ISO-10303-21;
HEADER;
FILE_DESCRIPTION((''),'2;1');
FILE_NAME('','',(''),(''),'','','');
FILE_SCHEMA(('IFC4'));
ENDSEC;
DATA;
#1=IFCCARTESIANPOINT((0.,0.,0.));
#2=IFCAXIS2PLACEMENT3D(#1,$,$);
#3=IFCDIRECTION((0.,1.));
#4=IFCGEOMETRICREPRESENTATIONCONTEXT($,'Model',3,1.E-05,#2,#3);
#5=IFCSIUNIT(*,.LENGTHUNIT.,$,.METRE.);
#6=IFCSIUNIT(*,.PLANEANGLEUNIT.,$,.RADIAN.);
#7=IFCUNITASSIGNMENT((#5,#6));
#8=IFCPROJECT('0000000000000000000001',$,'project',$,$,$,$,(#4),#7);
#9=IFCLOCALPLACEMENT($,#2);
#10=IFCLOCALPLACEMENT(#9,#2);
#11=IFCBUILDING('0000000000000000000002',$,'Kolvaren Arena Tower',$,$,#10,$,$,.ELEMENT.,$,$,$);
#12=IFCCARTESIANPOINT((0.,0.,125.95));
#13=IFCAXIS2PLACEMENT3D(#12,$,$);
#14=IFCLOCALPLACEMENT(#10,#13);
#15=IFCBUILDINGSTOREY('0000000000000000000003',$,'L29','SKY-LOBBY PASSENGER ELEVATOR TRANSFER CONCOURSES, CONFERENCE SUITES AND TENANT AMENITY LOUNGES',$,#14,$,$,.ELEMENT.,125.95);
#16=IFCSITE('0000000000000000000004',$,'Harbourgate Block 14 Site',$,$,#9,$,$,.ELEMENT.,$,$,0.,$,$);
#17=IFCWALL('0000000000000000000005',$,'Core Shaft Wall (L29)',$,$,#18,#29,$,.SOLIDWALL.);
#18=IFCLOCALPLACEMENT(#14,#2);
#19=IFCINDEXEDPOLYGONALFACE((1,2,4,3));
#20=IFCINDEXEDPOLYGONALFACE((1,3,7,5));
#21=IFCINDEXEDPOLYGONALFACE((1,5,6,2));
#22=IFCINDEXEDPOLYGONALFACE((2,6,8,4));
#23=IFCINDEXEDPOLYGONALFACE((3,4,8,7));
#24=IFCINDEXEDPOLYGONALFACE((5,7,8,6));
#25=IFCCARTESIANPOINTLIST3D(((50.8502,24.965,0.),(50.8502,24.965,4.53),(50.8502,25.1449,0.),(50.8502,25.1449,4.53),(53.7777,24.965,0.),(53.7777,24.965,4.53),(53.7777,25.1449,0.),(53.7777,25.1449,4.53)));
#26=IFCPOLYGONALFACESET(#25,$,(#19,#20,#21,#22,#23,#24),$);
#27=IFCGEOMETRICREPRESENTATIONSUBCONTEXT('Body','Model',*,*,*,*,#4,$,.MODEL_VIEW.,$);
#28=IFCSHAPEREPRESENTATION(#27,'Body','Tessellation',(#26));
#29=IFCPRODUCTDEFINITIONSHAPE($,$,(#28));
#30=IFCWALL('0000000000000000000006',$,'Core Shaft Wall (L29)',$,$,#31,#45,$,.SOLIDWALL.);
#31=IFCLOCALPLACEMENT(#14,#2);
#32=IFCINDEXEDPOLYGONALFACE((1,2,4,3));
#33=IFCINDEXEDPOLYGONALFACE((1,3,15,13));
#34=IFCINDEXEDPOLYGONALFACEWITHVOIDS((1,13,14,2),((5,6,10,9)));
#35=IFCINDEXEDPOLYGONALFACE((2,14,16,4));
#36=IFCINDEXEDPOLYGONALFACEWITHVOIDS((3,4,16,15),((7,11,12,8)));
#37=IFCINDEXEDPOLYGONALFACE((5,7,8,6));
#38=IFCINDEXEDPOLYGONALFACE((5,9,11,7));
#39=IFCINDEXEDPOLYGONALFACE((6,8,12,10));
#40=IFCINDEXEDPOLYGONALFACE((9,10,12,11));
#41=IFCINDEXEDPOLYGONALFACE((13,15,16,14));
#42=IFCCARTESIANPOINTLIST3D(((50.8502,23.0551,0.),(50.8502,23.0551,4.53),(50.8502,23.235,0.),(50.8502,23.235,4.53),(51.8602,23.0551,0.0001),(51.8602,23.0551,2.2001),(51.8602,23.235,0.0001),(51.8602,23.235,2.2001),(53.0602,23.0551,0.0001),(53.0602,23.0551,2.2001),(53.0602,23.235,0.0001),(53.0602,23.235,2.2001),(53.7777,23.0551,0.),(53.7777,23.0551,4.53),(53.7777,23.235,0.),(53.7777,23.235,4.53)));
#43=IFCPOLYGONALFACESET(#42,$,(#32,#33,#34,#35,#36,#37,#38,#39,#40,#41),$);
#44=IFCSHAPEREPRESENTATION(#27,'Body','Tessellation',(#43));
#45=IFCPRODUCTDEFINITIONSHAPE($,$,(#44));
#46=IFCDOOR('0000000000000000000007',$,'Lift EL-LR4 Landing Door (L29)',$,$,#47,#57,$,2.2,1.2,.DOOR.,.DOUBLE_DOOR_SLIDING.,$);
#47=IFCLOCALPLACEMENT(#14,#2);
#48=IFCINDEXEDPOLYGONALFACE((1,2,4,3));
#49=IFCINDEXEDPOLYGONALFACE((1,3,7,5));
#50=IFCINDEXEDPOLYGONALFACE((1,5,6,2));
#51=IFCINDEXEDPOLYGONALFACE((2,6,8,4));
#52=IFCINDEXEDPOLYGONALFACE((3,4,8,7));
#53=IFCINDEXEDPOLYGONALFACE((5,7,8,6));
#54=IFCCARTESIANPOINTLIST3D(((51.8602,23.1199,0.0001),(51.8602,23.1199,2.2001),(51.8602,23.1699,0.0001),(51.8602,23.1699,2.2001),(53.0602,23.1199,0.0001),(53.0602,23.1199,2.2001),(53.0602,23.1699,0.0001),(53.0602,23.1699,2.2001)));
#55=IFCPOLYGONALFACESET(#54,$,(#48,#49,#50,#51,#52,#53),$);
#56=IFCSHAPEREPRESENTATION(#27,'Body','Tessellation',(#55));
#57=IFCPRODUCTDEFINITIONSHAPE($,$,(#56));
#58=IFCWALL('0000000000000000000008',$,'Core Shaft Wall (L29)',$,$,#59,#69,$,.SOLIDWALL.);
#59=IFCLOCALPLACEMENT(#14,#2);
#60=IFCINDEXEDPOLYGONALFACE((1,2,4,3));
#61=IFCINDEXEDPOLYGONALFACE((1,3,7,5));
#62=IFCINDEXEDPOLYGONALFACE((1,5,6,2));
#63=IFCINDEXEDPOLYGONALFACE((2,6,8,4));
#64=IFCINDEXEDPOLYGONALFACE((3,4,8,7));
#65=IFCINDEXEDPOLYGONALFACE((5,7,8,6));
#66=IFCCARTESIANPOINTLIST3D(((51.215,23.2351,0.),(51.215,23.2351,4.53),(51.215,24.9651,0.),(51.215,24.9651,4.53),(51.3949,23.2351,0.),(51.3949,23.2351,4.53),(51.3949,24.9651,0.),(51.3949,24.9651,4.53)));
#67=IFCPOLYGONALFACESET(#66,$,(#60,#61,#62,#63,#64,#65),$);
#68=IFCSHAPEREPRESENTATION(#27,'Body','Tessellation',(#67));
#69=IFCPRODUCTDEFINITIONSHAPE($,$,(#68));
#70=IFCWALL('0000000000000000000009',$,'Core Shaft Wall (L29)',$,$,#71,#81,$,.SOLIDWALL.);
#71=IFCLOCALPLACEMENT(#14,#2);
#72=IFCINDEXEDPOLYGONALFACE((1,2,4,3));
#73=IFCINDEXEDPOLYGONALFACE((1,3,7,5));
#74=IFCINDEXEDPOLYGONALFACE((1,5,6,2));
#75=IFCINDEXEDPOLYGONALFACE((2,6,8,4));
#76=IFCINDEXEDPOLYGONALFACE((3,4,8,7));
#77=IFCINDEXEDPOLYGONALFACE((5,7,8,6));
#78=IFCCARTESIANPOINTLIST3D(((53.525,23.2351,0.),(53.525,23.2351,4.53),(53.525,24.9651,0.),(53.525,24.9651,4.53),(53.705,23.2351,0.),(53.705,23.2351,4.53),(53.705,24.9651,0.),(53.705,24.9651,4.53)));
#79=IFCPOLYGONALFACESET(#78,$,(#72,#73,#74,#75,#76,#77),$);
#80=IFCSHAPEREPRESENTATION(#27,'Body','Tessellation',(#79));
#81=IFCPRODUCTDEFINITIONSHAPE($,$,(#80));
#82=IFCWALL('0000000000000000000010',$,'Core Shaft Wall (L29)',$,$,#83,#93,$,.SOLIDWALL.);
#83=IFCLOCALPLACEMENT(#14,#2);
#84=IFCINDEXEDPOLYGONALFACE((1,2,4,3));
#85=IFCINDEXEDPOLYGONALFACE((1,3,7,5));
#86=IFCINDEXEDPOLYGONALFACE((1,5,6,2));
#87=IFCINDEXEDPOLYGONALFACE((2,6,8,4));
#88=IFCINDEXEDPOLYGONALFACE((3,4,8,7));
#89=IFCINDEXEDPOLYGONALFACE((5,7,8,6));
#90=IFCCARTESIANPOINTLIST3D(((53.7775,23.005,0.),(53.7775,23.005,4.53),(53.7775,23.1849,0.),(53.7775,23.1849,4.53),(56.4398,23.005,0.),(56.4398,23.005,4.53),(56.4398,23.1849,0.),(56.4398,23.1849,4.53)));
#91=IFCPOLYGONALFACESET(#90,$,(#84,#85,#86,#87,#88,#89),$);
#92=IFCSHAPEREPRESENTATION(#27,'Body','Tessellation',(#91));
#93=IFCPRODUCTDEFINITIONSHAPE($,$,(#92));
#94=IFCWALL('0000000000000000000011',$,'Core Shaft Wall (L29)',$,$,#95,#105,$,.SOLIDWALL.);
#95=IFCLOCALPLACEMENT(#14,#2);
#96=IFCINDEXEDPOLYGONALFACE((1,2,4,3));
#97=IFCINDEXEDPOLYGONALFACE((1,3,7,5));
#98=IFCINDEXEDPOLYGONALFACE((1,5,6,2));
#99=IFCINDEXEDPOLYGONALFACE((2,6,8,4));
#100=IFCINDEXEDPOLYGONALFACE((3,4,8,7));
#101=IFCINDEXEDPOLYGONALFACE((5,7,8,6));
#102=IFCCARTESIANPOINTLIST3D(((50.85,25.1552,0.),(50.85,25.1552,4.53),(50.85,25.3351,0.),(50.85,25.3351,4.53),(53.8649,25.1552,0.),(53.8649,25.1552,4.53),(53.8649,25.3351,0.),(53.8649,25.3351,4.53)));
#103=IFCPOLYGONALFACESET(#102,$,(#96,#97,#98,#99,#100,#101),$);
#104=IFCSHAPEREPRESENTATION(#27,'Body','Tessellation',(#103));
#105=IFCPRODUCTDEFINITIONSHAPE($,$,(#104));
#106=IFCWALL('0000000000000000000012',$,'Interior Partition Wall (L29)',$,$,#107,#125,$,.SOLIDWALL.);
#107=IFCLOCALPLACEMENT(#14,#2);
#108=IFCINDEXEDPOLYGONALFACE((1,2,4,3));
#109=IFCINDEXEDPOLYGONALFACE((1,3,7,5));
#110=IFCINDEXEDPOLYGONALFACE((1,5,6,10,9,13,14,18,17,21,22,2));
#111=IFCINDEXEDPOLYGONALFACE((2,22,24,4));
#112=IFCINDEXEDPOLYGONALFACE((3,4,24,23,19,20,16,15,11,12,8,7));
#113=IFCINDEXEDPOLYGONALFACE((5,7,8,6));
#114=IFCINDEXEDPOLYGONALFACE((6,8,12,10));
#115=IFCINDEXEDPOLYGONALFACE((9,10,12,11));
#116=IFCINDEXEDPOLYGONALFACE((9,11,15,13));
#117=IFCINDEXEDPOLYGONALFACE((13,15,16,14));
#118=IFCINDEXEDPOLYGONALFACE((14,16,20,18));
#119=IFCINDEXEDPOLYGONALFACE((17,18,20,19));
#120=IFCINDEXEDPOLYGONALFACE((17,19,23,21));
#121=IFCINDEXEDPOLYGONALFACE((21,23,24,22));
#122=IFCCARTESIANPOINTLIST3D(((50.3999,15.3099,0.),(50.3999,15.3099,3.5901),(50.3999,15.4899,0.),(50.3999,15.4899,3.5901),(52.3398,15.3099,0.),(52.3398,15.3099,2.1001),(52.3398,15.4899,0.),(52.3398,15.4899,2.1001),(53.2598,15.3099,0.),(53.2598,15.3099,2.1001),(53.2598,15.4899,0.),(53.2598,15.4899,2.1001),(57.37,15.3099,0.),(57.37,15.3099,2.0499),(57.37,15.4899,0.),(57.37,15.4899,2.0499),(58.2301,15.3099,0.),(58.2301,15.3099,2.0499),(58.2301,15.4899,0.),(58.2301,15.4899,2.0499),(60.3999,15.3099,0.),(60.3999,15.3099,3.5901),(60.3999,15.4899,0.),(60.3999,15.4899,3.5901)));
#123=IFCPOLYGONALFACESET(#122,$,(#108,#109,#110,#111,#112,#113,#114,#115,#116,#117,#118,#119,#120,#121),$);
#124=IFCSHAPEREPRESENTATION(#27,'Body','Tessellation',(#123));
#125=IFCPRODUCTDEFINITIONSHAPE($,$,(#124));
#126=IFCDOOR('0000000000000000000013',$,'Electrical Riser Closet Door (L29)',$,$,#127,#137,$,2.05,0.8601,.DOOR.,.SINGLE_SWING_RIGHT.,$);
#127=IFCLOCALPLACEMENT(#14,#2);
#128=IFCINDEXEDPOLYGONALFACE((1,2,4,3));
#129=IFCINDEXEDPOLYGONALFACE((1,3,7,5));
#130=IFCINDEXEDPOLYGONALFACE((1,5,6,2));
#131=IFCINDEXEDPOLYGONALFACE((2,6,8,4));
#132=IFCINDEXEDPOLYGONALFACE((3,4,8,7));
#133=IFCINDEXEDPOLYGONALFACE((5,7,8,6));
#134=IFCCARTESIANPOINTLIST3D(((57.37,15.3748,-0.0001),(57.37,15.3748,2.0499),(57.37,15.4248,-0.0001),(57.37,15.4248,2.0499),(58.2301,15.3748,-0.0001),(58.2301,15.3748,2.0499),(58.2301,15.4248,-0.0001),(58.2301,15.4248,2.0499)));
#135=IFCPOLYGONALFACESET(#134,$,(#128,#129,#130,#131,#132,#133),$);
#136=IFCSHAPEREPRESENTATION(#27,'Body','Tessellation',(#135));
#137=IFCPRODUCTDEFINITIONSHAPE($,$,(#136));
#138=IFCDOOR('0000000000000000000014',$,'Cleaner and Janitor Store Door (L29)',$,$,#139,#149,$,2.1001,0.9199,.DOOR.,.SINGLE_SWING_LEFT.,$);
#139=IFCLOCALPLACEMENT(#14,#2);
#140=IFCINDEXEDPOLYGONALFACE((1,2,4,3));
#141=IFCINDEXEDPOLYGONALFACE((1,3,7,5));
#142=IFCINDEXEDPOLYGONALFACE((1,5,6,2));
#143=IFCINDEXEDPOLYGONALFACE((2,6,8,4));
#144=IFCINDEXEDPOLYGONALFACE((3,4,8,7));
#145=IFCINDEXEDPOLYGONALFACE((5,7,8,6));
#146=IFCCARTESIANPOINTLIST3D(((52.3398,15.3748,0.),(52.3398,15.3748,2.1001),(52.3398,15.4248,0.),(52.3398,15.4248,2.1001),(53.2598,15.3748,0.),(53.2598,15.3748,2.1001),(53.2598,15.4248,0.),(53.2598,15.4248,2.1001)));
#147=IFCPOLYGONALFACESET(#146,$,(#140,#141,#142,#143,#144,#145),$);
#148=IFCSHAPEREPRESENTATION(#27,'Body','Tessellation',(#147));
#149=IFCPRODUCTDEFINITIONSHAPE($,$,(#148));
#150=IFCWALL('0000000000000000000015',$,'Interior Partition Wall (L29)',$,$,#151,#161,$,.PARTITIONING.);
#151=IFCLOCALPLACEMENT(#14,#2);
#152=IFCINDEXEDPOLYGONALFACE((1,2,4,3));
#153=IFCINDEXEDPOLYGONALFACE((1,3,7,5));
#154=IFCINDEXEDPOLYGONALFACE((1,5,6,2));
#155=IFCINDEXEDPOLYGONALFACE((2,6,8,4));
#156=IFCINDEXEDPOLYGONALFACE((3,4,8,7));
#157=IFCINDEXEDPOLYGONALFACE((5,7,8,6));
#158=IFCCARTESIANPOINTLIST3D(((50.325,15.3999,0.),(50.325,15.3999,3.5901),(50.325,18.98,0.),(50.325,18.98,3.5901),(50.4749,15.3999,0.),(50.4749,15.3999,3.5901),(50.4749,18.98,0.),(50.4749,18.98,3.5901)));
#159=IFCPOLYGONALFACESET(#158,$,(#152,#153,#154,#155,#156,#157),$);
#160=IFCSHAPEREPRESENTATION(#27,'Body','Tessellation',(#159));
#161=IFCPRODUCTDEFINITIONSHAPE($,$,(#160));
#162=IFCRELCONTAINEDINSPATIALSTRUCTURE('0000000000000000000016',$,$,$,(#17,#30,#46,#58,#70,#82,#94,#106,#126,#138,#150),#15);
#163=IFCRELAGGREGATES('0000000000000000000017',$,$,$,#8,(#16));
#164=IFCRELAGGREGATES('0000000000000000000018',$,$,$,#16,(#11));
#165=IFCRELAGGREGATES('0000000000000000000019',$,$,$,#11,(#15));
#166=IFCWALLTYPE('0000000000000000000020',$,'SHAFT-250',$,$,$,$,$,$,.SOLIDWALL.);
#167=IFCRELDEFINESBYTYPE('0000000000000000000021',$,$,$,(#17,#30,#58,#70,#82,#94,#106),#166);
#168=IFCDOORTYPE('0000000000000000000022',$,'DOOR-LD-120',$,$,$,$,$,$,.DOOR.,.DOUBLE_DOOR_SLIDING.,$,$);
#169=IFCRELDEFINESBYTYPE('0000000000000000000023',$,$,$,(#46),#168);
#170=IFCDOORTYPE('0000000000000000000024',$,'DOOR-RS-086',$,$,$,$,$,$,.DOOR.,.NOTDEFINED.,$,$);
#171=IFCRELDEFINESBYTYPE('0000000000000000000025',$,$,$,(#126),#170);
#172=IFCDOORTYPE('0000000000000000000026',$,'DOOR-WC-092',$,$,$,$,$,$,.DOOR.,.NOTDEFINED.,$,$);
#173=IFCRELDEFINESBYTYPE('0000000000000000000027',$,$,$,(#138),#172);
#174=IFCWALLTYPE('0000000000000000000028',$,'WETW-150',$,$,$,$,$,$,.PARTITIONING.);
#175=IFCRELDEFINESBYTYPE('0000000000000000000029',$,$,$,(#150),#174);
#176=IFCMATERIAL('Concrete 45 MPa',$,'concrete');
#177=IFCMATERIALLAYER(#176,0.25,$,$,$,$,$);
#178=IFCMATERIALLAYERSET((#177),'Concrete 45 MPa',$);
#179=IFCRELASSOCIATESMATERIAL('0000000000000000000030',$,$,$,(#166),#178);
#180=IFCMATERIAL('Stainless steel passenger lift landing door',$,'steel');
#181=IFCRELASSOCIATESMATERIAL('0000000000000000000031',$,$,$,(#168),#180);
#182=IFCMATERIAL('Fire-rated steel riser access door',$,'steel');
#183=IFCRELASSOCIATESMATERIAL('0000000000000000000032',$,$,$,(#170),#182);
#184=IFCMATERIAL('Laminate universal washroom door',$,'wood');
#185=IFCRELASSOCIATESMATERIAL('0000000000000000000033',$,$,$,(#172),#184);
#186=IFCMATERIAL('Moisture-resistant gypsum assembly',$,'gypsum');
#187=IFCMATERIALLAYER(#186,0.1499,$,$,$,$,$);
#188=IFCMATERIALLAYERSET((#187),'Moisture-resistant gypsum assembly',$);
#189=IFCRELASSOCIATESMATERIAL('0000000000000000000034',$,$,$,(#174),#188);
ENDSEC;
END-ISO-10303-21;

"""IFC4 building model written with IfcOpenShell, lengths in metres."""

from ifc_helpers import new_model, si_unit, direction, frame, frame_2d, origin, place, context, subcontext, project, spatial, rectangle, extrude, material, layer, layer_set, type_object, element, fill, save


model = new_model("IFC4")

# Units and contexts
model_context = context("Model", 3, precision=1e-05, world=origin(), true_north=direction((0.0, 1.0)))
body_context = subcontext(model_context, "Body", "Model", "MODEL_VIEW")
ifc_project = project(units=[si_unit("LENGTHUNIT", "METRE"), si_unit("PLANEANGLEUNIT", "RADIAN")], contexts=[model_context])

# Site, building, storey
site_placement = place(None, origin())
site = spatial("IfcSite", under=ifc_project, at=site_placement, Name="Harbourgate Block 14 Site", CompositionType="ELEMENT", RefElevation=0.0)
building_placement = place(site_placement, origin())
building = spatial("IfcBuilding", under=site, at=building_placement, Name="Kolvaren Arena Tower", CompositionType="ELEMENT")
storey_placement = place(building_placement, frame((0.0, 0.0, 125.95)))
storey = spatial("IfcBuildingStorey", under=building, at=storey_placement, Name="L29", Description="SKY-LOBBY PASSENGER ELEVATOR TRANSFER CONCOURSES, CONFERENCE SUITES AND TENANT AMENITY LOUNGES", CompositionType="ELEMENT", Elevation=125.95)

# Shared definitions
ifc_material_1 = material(Name="Concrete 45 MPa", Category="concrete")
ifc_layer_1 = layer(ifc_material_1, 0.25)
ifc_layer_set_1 = layer_set([ifc_layer_1], Name="Concrete 45 MPa")
wall_type_1 = type_object("IfcWallType", Name="SHAFT-250", PredefinedType="SOLIDWALL", material=ifc_layer_set_1)
ifc_material_2 = material(Name="Stainless steel passenger lift landing door", Category="steel")
door_type_1 = type_object("IfcDoorType", Name="DOOR-LD-120", OperationType="DOUBLE_DOOR_SLIDING", PredefinedType="DOOR", material=ifc_material_2)

# Wall
wall_1_placement = place(storey_placement, frame((50.8501, 25.0549, 0.0), z_axis=(0.0, 0.0, 1.0), x_axis=(1.0, 0.0, 0.0)))
element("IfcWall", 1, at=wall_1_placement, inside=storey, type_object=wall_type_1, Name="Core Shaft Wall (L29)", PredefinedType="SOLIDWALL", context=body_context, shape_type="SweptSolid", body=[
    extrude(rectangle(XDim=2.9275, YDim=0.1799, at=frame_2d((1.4639, 0.0))), origin(), (0.0, 0.0, 1.0), 4.53),
])

# Wall, opening, door
wall_2_placement = place(storey_placement, frame((50.8501, 23.145, 0.0), z_axis=(0.0, 0.0, 1.0), x_axis=(1.0, 0.0, 0.0)))
wall_2 = element("IfcWall", 2, at=wall_2_placement, inside=storey, type_object=wall_type_1, Name="Core Shaft Wall (L29)", PredefinedType="SOLIDWALL", context=body_context, shape_type="SweptSolid", body=[
    extrude(rectangle(XDim=2.9275, YDim=0.1799, at=frame_2d((1.4639, 0.0))), origin(), (0.0, 0.0, 1.0), 4.53),
])
opening_1_placement = place(wall_2_placement, frame((1.01, 0.0, 0.0)))
opening_1 = element("IfcOpeningElement", 3, at=opening_1_placement, cuts=wall_2, PredefinedType="OPENING", context=body_context, shape_type="SweptSolid", body=[
    extrude(rectangle(XDim=1.2, YDim=2.2, at=frame_2d((0.6001, 1.1001))), frame((0.0, 0.0999, 0.0), z_axis=(0.0, -1.0, 0.0), x_axis=(1.0, 0.0, 0.0)), (0.0, 0.0, 1.0), 0.2),
])
door_1_placement = place(opening_1_placement, origin())
door_1 = element("IfcDoor", 4, at=door_1_placement, inside=storey, type_object=door_type_1, Name="Lift EL-LR4 Landing Door (L29)", OperationType="DOUBLE_DOOR_SLIDING", OverallHeight=2.2, OverallWidth=1.2, PredefinedType="DOOR", context=body_context, shape_type="SweptSolid", body=[
    extrude(rectangle(XDim=1.2, YDim=2.2, at=frame_2d((0.6001, 1.1001))), frame((0.0, 0.0249, 0.0), z_axis=(0.0, -1.0, 0.0), x_axis=(1.0, 0.0, 0.0)), (0.0, 0.0, 1.0), 0.05),
])
fill(opening_1, door_1)

# Walls
for number, where, z_axis, x_axis, name in (
    (5, (51.3049, 23.2351, 0.0), (0.0, 0.0, 1.0), (0.0, 1.0, 0.0), "Core Shaft Wall (L29)"),
    (6, (53.615, 23.2351, 0.0), (0.0, 0.0, 1.0), (0.0, 1.0, 0.0), "Core Shaft Wall (L29)"),
):
    element("IfcWall", number, at=place(storey_placement, frame(where, z_axis=z_axis, x_axis=x_axis)), inside=storey, type_object=wall_type_1, Name=name, PredefinedType="SOLIDWALL", context=body_context, shape_type="SweptSolid", body=[
        extrude(rectangle(XDim=1.73, YDim=0.1799, at=frame_2d((0.865, 0.0))), origin(), (0.0, 0.0, 1.0), 4.53),
    ])
wall_3_placement = place(storey_placement, frame((53.7776, 23.095, 0.0), z_axis=(0.0, 0.0, 1.0), x_axis=(1.0, 0.0, 0.0)))
element("IfcWall", 7, at=wall_3_placement, inside=storey, type_object=wall_type_1, Name="Core Shaft Wall (L29)", PredefinedType="SOLIDWALL", context=body_context, shape_type="SweptSolid", body=[
    extrude(rectangle(XDim=2.6624, YDim=0.1799, at=frame_2d((1.3311, 0.0))), origin(), (0.0, 0.0, 1.0), 4.53),
])
wall_4_placement = place(storey_placement, frame((50.8501, 25.2451, 0.0), z_axis=(0.0, 0.0, 1.0), x_axis=(1.0, 0.0, 0.0)))
element("IfcWall", 8, at=wall_4_placement, inside=storey, type_object=wall_type_1, Name="Core Shaft Wall (L29)", PredefinedType="SOLIDWALL", context=body_context, shape_type="SweptSolid", body=[
    extrude(rectangle(XDim=3.0149, YDim=0.1799, at=frame_2d((1.5073, 0.0))), origin(), (0.0, 0.0, 1.0), 4.53),
])

# Wall, openings, doors
wall_5_placement = place(storey_placement, frame((50.3999, 15.3999, 0.0), z_axis=(0.0, 0.0, 1.0), x_axis=(1.0, 0.0, 0.0)))
wall_5 = element("IfcWall", 9, at=wall_5_placement, inside=storey, type_object=wall_type_1, Name="Interior Partition Wall (L29)", PredefinedType="SOLIDWALL", context=body_context, shape_type="SweptSolid", body=[
    extrude(rectangle(XDim=10.0, YDim=0.1799, at=frame_2d((5.0, 0.0))), origin(), (0.0, 0.0, 1.0), 3.5901),
])
opening_2_placement = place(wall_5_placement, frame((1.9399, 0.0, 0.0)))
opening_2 = element("IfcOpeningElement", 10, at=opening_2_placement, cuts=wall_5, PredefinedType="OPENING", context=body_context, shape_type="SweptSolid", body=[
    extrude(rectangle(XDim=0.9199, YDim=2.1001, at=frame_2d((0.46, 1.05))), frame((0.0, 0.0999, 0.0), z_axis=(0.0, -1.0, 0.0), x_axis=(1.0, 0.0, 0.0)), (0.0, 0.0, 1.0), 0.2),
])
opening_3_placement = place(wall_5_placement, frame((6.97, 0.0, 0.0)))
opening_3 = element("IfcOpeningElement", 11, at=opening_3_placement, cuts=wall_5, PredefinedType="OPENING", context=body_context, shape_type="SweptSolid", body=[
    extrude(rectangle(XDim=0.8601, YDim=2.05, at=frame_2d((0.4302, 1.0249))), frame((0.0, 0.0999, 0.0), z_axis=(0.0, -1.0, 0.0), x_axis=(1.0, 0.0, 0.0)), (0.0, 0.0, 1.0), 0.2),
])
ifc_material_3 = material(Name="Fire-rated steel riser access door", Category="steel")
door_type_2 = type_object("IfcDoorType", Name="DOOR-RS-086", OperationType="NOTDEFINED", PredefinedType="DOOR", material=ifc_material_3)
door_2_placement = place(opening_3_placement, origin())
door_2 = element("IfcDoor", 12, at=door_2_placement, inside=storey, type_object=door_type_2, Name="Electrical Riser Closet Door (L29)", OperationType="SINGLE_SWING_RIGHT", OverallHeight=2.05, OverallWidth=0.8601, PredefinedType="DOOR", context=body_context, shape_type="SweptSolid", body=[
    extrude(rectangle(XDim=0.8601, YDim=2.05, at=frame_2d((0.4302, 1.0249))), frame((0.0, 0.0249, 0.0), z_axis=(0.0, -1.0, 0.0), x_axis=(1.0, 0.0, 0.0)), (0.0, 0.0, 1.0), 0.05),
])
fill(opening_3, door_2)
ifc_material_4 = material(Name="Laminate universal washroom door", Category="wood")
door_type_3 = type_object("IfcDoorType", Name="DOOR-WC-092", OperationType="NOTDEFINED", PredefinedType="DOOR", material=ifc_material_4)
door_3_placement = place(opening_2_placement, origin())
door_3 = element("IfcDoor", 13, at=door_3_placement, inside=storey, type_object=door_type_3, Name="Cleaner and Janitor Store Door (L29)", OperationType="SINGLE_SWING_LEFT", OverallHeight=2.1001, OverallWidth=0.9199, PredefinedType="DOOR", context=body_context, shape_type="SweptSolid", body=[
    extrude(rectangle(XDim=0.9199, YDim=2.1001, at=frame_2d((0.46, 1.05))), frame((0.0, 0.0249, 0.0), z_axis=(0.0, -1.0, 0.0), x_axis=(1.0, 0.0, 0.0)), (0.0, 0.0, 1.0), 0.05),
])
fill(opening_2, door_3)

# Wall
ifc_material_5 = material(Name="Moisture-resistant gypsum assembly", Category="gypsum")
ifc_layer_2 = layer(ifc_material_5, 0.1499)
ifc_layer_set_2 = layer_set([ifc_layer_2], Name="Moisture-resistant gypsum assembly")
wall_type_2 = type_object("IfcWallType", Name="WETW-150", PredefinedType="PARTITIONING", material=ifc_layer_set_2)
wall_6_placement = place(storey_placement, frame((50.3999, 15.3999, 0.0), z_axis=(0.0, 0.0, 1.0), x_axis=(0.0, 1.0, 0.0)))
element("IfcWall", 14, at=wall_6_placement, inside=storey, type_object=wall_type_2, Name="Interior Partition Wall (L29)", PredefinedType="PARTITIONING", context=body_context, shape_type="SweptSolid", body=[
    extrude(rectangle(XDim=3.5801, YDim=0.1499, at=frame_2d((1.79, 0.0))), origin(), (0.0, 0.0, 1.0), 3.5901),
])

save(model, "model.ifc")
